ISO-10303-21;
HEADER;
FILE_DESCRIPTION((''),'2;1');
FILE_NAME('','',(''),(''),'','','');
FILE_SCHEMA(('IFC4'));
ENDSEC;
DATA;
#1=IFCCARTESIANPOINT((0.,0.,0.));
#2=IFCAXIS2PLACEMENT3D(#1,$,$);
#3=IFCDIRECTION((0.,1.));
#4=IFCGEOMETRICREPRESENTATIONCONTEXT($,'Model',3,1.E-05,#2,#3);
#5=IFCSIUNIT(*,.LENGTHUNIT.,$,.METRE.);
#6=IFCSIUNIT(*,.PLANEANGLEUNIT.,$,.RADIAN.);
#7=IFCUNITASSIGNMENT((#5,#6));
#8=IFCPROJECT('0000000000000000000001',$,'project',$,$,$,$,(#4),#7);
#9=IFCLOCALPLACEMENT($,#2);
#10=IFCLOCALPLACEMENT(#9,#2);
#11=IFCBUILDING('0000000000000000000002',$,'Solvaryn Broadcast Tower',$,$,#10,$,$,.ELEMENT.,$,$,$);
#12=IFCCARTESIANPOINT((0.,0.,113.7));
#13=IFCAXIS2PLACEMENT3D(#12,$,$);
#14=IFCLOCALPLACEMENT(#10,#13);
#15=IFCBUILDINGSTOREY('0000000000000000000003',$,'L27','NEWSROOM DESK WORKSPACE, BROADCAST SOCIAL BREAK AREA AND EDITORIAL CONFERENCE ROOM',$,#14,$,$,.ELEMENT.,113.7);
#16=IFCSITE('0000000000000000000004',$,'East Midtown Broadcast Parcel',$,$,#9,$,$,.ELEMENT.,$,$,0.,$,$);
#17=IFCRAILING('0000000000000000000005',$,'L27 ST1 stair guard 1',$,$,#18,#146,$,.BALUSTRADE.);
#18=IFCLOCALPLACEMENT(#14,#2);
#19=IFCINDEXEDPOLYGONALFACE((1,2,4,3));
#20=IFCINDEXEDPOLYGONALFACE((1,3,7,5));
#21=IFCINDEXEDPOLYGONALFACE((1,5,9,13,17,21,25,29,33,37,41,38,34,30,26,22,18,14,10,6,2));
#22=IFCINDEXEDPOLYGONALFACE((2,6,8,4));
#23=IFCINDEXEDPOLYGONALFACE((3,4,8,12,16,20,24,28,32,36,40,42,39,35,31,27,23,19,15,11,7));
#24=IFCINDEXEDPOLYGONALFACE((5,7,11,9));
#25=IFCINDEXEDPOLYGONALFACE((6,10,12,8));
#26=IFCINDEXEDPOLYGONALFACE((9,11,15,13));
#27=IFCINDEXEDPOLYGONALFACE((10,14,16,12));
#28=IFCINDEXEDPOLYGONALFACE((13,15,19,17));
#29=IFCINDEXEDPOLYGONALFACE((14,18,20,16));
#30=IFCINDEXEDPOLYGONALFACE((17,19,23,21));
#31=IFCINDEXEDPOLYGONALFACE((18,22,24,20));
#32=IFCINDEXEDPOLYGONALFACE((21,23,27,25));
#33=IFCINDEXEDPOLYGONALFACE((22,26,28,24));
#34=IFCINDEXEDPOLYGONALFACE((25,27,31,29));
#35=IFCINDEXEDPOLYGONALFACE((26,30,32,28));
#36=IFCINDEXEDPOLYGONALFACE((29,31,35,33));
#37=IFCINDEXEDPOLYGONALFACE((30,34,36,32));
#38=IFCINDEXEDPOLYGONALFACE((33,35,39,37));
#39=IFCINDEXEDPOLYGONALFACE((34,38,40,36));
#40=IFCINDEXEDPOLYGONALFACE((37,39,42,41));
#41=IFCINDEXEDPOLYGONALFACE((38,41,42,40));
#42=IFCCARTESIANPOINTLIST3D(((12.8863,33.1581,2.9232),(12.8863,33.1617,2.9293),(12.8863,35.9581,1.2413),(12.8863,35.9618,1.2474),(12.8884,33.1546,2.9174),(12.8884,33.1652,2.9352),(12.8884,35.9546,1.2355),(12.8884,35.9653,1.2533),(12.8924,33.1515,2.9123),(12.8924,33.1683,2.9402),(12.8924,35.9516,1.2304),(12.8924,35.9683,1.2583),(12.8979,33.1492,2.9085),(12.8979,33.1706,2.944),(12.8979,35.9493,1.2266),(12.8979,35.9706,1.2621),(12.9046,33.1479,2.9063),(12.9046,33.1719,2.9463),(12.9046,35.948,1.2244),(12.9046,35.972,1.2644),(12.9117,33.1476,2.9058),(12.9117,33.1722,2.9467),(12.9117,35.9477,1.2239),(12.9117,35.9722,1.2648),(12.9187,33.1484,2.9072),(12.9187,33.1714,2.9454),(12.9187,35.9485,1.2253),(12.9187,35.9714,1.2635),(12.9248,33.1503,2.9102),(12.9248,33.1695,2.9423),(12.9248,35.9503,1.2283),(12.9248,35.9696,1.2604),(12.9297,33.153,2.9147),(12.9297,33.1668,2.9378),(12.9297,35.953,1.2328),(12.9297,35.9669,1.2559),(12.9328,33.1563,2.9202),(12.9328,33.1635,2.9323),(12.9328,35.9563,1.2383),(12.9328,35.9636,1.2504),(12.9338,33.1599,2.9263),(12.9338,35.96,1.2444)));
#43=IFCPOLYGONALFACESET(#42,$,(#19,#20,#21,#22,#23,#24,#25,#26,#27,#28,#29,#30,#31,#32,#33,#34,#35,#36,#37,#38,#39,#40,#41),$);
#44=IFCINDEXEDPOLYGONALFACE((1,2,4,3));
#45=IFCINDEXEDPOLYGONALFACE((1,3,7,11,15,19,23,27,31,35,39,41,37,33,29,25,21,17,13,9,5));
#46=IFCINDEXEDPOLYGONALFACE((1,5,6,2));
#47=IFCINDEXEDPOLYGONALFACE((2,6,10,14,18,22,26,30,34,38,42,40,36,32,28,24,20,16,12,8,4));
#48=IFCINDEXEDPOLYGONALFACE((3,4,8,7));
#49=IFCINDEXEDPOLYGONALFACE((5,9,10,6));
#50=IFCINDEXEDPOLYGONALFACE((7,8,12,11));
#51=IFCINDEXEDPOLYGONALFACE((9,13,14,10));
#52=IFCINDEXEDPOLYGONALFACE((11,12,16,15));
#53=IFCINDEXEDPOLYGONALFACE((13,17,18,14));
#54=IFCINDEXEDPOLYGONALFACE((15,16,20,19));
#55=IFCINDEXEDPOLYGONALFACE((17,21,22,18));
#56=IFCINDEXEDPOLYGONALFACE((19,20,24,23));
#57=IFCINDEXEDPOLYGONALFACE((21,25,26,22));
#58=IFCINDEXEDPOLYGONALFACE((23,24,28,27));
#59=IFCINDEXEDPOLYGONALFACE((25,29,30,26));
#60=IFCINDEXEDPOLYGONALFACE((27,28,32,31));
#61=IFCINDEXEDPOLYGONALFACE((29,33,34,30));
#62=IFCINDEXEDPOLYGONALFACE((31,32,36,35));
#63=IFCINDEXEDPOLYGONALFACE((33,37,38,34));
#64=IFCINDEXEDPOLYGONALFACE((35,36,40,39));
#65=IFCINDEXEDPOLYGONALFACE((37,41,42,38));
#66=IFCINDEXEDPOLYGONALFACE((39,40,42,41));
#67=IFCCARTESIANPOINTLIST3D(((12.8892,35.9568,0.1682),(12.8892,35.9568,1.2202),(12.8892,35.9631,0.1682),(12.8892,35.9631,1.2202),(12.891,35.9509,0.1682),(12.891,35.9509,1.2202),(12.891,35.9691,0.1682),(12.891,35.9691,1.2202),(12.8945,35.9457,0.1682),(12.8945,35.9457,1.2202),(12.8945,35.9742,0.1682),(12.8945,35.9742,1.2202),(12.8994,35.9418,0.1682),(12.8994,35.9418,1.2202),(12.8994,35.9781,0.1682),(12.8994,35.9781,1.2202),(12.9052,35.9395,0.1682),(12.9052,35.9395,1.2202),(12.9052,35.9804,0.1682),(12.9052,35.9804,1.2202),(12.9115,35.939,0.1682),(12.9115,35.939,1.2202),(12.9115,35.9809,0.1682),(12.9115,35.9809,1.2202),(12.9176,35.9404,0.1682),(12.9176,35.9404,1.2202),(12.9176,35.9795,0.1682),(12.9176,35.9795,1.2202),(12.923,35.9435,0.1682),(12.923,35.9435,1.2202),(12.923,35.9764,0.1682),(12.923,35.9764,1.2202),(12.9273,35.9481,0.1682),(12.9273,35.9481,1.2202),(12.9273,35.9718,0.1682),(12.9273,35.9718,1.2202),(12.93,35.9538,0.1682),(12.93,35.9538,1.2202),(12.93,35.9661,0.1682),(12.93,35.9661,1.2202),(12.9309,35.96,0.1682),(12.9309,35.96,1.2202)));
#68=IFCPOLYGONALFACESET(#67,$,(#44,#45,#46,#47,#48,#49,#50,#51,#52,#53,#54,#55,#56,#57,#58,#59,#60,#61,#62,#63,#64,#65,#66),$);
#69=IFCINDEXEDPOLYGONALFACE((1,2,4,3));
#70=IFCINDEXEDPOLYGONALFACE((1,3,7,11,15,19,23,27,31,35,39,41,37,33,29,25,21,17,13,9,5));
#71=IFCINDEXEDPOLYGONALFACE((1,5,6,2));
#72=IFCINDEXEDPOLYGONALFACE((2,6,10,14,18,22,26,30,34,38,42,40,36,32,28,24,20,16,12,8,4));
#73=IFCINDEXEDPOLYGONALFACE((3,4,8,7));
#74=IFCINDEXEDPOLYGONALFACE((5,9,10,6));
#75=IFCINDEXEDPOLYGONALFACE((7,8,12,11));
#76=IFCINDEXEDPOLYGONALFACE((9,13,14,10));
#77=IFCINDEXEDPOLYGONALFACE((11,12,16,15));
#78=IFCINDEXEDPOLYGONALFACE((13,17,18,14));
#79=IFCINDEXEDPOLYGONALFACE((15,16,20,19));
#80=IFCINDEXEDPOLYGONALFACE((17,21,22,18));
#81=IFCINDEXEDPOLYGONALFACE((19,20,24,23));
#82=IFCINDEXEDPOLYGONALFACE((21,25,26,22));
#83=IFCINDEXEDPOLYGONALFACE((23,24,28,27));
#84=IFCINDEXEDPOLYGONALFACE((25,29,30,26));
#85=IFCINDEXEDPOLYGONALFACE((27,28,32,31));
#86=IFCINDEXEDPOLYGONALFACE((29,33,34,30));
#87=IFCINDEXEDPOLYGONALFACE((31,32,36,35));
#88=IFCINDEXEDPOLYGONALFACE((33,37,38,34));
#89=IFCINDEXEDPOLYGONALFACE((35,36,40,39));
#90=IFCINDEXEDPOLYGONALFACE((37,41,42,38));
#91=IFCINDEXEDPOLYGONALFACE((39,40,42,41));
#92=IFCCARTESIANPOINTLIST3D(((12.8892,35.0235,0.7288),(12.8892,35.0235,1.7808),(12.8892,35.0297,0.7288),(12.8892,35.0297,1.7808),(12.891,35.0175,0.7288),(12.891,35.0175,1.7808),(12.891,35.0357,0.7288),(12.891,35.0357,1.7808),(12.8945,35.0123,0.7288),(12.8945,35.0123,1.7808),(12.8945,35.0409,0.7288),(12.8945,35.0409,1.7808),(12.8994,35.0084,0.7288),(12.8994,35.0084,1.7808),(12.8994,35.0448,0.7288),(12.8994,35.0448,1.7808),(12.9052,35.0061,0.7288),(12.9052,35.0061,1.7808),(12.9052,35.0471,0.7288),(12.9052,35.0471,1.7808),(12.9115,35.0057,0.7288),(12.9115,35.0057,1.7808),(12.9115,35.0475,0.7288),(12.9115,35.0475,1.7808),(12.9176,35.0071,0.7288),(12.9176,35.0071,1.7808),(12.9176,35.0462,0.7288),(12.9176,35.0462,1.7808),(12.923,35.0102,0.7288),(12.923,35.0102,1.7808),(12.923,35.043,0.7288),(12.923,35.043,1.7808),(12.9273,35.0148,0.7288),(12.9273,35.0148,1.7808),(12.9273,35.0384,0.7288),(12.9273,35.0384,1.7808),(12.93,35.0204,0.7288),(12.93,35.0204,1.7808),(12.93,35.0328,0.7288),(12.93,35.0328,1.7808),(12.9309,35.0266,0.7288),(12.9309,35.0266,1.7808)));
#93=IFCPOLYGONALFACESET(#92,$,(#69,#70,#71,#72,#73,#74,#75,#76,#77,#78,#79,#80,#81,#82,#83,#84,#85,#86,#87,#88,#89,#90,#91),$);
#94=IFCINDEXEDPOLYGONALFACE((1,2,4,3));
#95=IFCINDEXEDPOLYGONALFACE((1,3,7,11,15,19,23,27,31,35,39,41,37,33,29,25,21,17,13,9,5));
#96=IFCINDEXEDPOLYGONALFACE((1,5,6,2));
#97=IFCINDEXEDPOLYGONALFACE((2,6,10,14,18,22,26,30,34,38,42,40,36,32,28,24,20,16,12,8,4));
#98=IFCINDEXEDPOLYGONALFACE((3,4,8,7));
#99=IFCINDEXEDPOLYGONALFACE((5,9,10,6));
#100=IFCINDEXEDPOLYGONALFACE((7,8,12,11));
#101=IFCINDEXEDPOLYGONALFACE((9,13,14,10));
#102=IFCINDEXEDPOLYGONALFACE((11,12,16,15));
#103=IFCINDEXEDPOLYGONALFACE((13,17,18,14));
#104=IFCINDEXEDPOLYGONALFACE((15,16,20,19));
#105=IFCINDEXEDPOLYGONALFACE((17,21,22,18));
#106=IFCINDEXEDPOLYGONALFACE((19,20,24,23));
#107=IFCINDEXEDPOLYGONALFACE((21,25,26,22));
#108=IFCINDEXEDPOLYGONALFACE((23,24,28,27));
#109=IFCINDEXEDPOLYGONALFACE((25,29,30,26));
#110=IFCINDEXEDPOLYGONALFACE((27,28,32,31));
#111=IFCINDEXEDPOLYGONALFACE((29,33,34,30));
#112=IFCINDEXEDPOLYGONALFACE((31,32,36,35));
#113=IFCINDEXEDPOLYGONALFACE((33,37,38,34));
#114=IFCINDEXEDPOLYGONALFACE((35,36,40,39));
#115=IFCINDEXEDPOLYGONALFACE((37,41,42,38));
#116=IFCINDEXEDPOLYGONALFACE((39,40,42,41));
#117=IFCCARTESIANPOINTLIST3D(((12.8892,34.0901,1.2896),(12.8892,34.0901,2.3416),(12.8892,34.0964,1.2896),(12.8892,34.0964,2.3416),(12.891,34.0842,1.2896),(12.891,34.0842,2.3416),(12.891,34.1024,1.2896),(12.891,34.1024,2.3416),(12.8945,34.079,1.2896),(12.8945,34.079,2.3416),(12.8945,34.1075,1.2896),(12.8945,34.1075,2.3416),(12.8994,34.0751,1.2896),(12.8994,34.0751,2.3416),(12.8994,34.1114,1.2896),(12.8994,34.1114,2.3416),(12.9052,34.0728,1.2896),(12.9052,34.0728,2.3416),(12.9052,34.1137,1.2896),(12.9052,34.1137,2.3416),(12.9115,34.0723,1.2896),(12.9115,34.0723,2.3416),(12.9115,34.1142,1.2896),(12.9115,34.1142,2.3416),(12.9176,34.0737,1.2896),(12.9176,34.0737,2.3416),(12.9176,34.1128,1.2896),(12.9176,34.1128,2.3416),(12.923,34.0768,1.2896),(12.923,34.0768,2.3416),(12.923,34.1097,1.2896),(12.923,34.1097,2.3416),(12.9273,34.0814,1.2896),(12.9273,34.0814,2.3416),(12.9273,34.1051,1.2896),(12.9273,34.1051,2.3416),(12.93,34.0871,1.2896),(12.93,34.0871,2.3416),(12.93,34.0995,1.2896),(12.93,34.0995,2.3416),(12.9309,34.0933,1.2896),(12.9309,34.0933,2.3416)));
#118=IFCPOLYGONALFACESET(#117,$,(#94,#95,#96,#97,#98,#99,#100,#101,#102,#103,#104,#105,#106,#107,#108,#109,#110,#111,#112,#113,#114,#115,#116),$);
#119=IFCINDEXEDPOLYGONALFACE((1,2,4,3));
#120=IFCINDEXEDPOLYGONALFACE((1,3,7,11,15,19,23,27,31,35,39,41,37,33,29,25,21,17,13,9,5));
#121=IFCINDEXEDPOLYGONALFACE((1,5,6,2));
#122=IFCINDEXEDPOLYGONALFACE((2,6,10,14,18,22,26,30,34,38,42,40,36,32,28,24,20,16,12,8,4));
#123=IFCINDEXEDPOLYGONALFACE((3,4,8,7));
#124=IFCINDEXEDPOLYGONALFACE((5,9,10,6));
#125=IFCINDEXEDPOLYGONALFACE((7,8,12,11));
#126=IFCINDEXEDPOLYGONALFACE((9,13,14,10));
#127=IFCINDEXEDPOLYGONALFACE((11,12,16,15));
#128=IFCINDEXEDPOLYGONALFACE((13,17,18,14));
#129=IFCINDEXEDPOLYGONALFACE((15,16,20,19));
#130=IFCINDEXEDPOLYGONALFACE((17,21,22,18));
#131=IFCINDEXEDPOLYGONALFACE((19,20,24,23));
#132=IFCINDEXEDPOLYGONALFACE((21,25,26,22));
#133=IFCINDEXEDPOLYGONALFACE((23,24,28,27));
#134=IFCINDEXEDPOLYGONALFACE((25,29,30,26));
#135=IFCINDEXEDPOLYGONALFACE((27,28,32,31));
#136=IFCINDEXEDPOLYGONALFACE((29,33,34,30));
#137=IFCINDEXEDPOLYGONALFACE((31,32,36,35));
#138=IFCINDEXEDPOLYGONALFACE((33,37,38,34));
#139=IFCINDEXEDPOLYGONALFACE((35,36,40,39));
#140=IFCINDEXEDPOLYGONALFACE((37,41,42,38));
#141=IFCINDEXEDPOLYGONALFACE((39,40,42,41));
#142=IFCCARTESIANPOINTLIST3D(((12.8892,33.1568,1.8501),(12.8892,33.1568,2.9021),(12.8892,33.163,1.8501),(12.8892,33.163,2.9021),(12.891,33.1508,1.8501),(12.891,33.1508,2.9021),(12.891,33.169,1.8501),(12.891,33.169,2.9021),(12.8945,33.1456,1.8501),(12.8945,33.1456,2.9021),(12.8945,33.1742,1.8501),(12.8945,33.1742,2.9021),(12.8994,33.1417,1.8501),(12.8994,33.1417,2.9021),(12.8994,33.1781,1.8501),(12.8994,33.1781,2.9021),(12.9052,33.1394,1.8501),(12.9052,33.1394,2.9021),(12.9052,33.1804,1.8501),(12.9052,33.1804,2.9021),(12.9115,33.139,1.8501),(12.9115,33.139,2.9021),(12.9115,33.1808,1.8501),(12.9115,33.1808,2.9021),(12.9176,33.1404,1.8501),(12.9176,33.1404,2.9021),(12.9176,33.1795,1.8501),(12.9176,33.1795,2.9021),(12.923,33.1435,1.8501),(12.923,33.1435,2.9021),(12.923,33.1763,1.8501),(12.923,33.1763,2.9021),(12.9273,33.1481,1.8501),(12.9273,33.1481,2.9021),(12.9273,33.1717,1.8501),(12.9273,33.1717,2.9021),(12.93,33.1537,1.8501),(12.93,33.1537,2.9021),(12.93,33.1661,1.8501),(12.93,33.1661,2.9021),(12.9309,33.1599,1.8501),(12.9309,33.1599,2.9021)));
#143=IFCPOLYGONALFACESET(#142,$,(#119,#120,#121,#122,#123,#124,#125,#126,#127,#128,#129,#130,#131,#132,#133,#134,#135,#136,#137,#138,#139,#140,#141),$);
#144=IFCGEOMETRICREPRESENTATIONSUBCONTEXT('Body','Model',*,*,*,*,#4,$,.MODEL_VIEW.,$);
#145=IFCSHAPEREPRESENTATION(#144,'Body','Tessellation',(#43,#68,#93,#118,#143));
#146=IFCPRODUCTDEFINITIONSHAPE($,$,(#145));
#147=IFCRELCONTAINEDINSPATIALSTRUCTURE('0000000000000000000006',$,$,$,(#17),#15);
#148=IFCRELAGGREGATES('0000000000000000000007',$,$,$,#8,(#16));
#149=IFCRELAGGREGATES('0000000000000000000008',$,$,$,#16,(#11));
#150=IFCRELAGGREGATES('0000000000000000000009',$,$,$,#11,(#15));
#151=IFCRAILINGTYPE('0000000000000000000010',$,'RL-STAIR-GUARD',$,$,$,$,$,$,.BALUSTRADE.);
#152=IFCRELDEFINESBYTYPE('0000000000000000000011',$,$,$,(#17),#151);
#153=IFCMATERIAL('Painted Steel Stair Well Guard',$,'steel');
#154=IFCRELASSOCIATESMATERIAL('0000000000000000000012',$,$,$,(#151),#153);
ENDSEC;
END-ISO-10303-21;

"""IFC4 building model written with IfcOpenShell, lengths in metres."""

from ifc_helpers import new_model, si_unit, direction, frame, origin, origin_2d, place, context, subcontext, project, spatial, circle, extrude, material, type_object, element, save


model = new_model("IFC4")

# Units and contexts
model_context = context("Model", 3, precision=1e-05, world=origin(), true_north=direction((0.0, 1.0)))
body_context = subcontext(model_context, "Body", "Model", "MODEL_VIEW")
ifc_project = project(units=[si_unit("LENGTHUNIT", "METRE"), si_unit("PLANEANGLEUNIT", "RADIAN")], contexts=[model_context])

# Site, building, storey
site_placement = place(None, origin())
site = spatial("IfcSite", under=ifc_project, at=site_placement, Name="East Midtown Broadcast Parcel", CompositionType="ELEMENT", RefElevation=0.0)
building_placement = place(site_placement, origin())
building = spatial("IfcBuilding", under=site, at=building_placement, Name="Solvaryn Broadcast Tower", CompositionType="ELEMENT")
storey_placement = place(building_placement, frame((0.0, 0.0, 113.7)))
storey = spatial("IfcBuildingStorey", under=building, at=storey_placement, Name="L27", Description="NEWSROOM DESK WORKSPACE, BROADCAST SOCIAL BREAK AREA AND EDITORIAL CONFERENCE ROOM", CompositionType="ELEMENT", Elevation=113.7)

# Railing
ifc_material_1 = material(Name="Painted Steel Stair Well Guard", Category="steel")
railing_type_1 = type_object("IfcRailingType", Name="RL-STAIR-GUARD", PredefinedType="BALUSTRADE", material=ifc_material_1)
railing_1_placement = place(storey_placement, frame((12.9099, 35.96, 0.1682)))
element("IfcRailing", 1, at=railing_1_placement, inside=storey, type_object=railing_type_1, Name="L27 ST1 stair guard 1", PredefinedType="BALUSTRADE", context=body_context, shape_type="SweptSolid", body=[
    extrude(circle(Radius=0.0239, at=origin_2d()), frame((0.0, 0.0, 1.0762), z_axis=(0.0, -0.857242, 0.514913), x_axis=(1.0, 0.0, 0.0)), (0.0, 0.0, 1.0), 3.2664),
    extrude(circle(Radius=0.021, at=origin_2d()), origin(), (0.0, 0.0, 1.0), 1.052),
    extrude(circle(Radius=0.021, at=origin_2d()), frame((0.0, -0.9333, 0.5605)), (0.0, 0.0, 1.0), 1.052),
    extrude(circle(Radius=0.021, at=origin_2d()), frame((0.0, -1.8667, 1.1213)), (0.0, 0.0, 1.0), 1.052),
    extrude(circle(Radius=0.021, at=origin_2d()), frame((0.0, -2.8, 1.6819)), (0.0, 0.0, 1.0), 1.052),
])

save(model, "model.ifc")
